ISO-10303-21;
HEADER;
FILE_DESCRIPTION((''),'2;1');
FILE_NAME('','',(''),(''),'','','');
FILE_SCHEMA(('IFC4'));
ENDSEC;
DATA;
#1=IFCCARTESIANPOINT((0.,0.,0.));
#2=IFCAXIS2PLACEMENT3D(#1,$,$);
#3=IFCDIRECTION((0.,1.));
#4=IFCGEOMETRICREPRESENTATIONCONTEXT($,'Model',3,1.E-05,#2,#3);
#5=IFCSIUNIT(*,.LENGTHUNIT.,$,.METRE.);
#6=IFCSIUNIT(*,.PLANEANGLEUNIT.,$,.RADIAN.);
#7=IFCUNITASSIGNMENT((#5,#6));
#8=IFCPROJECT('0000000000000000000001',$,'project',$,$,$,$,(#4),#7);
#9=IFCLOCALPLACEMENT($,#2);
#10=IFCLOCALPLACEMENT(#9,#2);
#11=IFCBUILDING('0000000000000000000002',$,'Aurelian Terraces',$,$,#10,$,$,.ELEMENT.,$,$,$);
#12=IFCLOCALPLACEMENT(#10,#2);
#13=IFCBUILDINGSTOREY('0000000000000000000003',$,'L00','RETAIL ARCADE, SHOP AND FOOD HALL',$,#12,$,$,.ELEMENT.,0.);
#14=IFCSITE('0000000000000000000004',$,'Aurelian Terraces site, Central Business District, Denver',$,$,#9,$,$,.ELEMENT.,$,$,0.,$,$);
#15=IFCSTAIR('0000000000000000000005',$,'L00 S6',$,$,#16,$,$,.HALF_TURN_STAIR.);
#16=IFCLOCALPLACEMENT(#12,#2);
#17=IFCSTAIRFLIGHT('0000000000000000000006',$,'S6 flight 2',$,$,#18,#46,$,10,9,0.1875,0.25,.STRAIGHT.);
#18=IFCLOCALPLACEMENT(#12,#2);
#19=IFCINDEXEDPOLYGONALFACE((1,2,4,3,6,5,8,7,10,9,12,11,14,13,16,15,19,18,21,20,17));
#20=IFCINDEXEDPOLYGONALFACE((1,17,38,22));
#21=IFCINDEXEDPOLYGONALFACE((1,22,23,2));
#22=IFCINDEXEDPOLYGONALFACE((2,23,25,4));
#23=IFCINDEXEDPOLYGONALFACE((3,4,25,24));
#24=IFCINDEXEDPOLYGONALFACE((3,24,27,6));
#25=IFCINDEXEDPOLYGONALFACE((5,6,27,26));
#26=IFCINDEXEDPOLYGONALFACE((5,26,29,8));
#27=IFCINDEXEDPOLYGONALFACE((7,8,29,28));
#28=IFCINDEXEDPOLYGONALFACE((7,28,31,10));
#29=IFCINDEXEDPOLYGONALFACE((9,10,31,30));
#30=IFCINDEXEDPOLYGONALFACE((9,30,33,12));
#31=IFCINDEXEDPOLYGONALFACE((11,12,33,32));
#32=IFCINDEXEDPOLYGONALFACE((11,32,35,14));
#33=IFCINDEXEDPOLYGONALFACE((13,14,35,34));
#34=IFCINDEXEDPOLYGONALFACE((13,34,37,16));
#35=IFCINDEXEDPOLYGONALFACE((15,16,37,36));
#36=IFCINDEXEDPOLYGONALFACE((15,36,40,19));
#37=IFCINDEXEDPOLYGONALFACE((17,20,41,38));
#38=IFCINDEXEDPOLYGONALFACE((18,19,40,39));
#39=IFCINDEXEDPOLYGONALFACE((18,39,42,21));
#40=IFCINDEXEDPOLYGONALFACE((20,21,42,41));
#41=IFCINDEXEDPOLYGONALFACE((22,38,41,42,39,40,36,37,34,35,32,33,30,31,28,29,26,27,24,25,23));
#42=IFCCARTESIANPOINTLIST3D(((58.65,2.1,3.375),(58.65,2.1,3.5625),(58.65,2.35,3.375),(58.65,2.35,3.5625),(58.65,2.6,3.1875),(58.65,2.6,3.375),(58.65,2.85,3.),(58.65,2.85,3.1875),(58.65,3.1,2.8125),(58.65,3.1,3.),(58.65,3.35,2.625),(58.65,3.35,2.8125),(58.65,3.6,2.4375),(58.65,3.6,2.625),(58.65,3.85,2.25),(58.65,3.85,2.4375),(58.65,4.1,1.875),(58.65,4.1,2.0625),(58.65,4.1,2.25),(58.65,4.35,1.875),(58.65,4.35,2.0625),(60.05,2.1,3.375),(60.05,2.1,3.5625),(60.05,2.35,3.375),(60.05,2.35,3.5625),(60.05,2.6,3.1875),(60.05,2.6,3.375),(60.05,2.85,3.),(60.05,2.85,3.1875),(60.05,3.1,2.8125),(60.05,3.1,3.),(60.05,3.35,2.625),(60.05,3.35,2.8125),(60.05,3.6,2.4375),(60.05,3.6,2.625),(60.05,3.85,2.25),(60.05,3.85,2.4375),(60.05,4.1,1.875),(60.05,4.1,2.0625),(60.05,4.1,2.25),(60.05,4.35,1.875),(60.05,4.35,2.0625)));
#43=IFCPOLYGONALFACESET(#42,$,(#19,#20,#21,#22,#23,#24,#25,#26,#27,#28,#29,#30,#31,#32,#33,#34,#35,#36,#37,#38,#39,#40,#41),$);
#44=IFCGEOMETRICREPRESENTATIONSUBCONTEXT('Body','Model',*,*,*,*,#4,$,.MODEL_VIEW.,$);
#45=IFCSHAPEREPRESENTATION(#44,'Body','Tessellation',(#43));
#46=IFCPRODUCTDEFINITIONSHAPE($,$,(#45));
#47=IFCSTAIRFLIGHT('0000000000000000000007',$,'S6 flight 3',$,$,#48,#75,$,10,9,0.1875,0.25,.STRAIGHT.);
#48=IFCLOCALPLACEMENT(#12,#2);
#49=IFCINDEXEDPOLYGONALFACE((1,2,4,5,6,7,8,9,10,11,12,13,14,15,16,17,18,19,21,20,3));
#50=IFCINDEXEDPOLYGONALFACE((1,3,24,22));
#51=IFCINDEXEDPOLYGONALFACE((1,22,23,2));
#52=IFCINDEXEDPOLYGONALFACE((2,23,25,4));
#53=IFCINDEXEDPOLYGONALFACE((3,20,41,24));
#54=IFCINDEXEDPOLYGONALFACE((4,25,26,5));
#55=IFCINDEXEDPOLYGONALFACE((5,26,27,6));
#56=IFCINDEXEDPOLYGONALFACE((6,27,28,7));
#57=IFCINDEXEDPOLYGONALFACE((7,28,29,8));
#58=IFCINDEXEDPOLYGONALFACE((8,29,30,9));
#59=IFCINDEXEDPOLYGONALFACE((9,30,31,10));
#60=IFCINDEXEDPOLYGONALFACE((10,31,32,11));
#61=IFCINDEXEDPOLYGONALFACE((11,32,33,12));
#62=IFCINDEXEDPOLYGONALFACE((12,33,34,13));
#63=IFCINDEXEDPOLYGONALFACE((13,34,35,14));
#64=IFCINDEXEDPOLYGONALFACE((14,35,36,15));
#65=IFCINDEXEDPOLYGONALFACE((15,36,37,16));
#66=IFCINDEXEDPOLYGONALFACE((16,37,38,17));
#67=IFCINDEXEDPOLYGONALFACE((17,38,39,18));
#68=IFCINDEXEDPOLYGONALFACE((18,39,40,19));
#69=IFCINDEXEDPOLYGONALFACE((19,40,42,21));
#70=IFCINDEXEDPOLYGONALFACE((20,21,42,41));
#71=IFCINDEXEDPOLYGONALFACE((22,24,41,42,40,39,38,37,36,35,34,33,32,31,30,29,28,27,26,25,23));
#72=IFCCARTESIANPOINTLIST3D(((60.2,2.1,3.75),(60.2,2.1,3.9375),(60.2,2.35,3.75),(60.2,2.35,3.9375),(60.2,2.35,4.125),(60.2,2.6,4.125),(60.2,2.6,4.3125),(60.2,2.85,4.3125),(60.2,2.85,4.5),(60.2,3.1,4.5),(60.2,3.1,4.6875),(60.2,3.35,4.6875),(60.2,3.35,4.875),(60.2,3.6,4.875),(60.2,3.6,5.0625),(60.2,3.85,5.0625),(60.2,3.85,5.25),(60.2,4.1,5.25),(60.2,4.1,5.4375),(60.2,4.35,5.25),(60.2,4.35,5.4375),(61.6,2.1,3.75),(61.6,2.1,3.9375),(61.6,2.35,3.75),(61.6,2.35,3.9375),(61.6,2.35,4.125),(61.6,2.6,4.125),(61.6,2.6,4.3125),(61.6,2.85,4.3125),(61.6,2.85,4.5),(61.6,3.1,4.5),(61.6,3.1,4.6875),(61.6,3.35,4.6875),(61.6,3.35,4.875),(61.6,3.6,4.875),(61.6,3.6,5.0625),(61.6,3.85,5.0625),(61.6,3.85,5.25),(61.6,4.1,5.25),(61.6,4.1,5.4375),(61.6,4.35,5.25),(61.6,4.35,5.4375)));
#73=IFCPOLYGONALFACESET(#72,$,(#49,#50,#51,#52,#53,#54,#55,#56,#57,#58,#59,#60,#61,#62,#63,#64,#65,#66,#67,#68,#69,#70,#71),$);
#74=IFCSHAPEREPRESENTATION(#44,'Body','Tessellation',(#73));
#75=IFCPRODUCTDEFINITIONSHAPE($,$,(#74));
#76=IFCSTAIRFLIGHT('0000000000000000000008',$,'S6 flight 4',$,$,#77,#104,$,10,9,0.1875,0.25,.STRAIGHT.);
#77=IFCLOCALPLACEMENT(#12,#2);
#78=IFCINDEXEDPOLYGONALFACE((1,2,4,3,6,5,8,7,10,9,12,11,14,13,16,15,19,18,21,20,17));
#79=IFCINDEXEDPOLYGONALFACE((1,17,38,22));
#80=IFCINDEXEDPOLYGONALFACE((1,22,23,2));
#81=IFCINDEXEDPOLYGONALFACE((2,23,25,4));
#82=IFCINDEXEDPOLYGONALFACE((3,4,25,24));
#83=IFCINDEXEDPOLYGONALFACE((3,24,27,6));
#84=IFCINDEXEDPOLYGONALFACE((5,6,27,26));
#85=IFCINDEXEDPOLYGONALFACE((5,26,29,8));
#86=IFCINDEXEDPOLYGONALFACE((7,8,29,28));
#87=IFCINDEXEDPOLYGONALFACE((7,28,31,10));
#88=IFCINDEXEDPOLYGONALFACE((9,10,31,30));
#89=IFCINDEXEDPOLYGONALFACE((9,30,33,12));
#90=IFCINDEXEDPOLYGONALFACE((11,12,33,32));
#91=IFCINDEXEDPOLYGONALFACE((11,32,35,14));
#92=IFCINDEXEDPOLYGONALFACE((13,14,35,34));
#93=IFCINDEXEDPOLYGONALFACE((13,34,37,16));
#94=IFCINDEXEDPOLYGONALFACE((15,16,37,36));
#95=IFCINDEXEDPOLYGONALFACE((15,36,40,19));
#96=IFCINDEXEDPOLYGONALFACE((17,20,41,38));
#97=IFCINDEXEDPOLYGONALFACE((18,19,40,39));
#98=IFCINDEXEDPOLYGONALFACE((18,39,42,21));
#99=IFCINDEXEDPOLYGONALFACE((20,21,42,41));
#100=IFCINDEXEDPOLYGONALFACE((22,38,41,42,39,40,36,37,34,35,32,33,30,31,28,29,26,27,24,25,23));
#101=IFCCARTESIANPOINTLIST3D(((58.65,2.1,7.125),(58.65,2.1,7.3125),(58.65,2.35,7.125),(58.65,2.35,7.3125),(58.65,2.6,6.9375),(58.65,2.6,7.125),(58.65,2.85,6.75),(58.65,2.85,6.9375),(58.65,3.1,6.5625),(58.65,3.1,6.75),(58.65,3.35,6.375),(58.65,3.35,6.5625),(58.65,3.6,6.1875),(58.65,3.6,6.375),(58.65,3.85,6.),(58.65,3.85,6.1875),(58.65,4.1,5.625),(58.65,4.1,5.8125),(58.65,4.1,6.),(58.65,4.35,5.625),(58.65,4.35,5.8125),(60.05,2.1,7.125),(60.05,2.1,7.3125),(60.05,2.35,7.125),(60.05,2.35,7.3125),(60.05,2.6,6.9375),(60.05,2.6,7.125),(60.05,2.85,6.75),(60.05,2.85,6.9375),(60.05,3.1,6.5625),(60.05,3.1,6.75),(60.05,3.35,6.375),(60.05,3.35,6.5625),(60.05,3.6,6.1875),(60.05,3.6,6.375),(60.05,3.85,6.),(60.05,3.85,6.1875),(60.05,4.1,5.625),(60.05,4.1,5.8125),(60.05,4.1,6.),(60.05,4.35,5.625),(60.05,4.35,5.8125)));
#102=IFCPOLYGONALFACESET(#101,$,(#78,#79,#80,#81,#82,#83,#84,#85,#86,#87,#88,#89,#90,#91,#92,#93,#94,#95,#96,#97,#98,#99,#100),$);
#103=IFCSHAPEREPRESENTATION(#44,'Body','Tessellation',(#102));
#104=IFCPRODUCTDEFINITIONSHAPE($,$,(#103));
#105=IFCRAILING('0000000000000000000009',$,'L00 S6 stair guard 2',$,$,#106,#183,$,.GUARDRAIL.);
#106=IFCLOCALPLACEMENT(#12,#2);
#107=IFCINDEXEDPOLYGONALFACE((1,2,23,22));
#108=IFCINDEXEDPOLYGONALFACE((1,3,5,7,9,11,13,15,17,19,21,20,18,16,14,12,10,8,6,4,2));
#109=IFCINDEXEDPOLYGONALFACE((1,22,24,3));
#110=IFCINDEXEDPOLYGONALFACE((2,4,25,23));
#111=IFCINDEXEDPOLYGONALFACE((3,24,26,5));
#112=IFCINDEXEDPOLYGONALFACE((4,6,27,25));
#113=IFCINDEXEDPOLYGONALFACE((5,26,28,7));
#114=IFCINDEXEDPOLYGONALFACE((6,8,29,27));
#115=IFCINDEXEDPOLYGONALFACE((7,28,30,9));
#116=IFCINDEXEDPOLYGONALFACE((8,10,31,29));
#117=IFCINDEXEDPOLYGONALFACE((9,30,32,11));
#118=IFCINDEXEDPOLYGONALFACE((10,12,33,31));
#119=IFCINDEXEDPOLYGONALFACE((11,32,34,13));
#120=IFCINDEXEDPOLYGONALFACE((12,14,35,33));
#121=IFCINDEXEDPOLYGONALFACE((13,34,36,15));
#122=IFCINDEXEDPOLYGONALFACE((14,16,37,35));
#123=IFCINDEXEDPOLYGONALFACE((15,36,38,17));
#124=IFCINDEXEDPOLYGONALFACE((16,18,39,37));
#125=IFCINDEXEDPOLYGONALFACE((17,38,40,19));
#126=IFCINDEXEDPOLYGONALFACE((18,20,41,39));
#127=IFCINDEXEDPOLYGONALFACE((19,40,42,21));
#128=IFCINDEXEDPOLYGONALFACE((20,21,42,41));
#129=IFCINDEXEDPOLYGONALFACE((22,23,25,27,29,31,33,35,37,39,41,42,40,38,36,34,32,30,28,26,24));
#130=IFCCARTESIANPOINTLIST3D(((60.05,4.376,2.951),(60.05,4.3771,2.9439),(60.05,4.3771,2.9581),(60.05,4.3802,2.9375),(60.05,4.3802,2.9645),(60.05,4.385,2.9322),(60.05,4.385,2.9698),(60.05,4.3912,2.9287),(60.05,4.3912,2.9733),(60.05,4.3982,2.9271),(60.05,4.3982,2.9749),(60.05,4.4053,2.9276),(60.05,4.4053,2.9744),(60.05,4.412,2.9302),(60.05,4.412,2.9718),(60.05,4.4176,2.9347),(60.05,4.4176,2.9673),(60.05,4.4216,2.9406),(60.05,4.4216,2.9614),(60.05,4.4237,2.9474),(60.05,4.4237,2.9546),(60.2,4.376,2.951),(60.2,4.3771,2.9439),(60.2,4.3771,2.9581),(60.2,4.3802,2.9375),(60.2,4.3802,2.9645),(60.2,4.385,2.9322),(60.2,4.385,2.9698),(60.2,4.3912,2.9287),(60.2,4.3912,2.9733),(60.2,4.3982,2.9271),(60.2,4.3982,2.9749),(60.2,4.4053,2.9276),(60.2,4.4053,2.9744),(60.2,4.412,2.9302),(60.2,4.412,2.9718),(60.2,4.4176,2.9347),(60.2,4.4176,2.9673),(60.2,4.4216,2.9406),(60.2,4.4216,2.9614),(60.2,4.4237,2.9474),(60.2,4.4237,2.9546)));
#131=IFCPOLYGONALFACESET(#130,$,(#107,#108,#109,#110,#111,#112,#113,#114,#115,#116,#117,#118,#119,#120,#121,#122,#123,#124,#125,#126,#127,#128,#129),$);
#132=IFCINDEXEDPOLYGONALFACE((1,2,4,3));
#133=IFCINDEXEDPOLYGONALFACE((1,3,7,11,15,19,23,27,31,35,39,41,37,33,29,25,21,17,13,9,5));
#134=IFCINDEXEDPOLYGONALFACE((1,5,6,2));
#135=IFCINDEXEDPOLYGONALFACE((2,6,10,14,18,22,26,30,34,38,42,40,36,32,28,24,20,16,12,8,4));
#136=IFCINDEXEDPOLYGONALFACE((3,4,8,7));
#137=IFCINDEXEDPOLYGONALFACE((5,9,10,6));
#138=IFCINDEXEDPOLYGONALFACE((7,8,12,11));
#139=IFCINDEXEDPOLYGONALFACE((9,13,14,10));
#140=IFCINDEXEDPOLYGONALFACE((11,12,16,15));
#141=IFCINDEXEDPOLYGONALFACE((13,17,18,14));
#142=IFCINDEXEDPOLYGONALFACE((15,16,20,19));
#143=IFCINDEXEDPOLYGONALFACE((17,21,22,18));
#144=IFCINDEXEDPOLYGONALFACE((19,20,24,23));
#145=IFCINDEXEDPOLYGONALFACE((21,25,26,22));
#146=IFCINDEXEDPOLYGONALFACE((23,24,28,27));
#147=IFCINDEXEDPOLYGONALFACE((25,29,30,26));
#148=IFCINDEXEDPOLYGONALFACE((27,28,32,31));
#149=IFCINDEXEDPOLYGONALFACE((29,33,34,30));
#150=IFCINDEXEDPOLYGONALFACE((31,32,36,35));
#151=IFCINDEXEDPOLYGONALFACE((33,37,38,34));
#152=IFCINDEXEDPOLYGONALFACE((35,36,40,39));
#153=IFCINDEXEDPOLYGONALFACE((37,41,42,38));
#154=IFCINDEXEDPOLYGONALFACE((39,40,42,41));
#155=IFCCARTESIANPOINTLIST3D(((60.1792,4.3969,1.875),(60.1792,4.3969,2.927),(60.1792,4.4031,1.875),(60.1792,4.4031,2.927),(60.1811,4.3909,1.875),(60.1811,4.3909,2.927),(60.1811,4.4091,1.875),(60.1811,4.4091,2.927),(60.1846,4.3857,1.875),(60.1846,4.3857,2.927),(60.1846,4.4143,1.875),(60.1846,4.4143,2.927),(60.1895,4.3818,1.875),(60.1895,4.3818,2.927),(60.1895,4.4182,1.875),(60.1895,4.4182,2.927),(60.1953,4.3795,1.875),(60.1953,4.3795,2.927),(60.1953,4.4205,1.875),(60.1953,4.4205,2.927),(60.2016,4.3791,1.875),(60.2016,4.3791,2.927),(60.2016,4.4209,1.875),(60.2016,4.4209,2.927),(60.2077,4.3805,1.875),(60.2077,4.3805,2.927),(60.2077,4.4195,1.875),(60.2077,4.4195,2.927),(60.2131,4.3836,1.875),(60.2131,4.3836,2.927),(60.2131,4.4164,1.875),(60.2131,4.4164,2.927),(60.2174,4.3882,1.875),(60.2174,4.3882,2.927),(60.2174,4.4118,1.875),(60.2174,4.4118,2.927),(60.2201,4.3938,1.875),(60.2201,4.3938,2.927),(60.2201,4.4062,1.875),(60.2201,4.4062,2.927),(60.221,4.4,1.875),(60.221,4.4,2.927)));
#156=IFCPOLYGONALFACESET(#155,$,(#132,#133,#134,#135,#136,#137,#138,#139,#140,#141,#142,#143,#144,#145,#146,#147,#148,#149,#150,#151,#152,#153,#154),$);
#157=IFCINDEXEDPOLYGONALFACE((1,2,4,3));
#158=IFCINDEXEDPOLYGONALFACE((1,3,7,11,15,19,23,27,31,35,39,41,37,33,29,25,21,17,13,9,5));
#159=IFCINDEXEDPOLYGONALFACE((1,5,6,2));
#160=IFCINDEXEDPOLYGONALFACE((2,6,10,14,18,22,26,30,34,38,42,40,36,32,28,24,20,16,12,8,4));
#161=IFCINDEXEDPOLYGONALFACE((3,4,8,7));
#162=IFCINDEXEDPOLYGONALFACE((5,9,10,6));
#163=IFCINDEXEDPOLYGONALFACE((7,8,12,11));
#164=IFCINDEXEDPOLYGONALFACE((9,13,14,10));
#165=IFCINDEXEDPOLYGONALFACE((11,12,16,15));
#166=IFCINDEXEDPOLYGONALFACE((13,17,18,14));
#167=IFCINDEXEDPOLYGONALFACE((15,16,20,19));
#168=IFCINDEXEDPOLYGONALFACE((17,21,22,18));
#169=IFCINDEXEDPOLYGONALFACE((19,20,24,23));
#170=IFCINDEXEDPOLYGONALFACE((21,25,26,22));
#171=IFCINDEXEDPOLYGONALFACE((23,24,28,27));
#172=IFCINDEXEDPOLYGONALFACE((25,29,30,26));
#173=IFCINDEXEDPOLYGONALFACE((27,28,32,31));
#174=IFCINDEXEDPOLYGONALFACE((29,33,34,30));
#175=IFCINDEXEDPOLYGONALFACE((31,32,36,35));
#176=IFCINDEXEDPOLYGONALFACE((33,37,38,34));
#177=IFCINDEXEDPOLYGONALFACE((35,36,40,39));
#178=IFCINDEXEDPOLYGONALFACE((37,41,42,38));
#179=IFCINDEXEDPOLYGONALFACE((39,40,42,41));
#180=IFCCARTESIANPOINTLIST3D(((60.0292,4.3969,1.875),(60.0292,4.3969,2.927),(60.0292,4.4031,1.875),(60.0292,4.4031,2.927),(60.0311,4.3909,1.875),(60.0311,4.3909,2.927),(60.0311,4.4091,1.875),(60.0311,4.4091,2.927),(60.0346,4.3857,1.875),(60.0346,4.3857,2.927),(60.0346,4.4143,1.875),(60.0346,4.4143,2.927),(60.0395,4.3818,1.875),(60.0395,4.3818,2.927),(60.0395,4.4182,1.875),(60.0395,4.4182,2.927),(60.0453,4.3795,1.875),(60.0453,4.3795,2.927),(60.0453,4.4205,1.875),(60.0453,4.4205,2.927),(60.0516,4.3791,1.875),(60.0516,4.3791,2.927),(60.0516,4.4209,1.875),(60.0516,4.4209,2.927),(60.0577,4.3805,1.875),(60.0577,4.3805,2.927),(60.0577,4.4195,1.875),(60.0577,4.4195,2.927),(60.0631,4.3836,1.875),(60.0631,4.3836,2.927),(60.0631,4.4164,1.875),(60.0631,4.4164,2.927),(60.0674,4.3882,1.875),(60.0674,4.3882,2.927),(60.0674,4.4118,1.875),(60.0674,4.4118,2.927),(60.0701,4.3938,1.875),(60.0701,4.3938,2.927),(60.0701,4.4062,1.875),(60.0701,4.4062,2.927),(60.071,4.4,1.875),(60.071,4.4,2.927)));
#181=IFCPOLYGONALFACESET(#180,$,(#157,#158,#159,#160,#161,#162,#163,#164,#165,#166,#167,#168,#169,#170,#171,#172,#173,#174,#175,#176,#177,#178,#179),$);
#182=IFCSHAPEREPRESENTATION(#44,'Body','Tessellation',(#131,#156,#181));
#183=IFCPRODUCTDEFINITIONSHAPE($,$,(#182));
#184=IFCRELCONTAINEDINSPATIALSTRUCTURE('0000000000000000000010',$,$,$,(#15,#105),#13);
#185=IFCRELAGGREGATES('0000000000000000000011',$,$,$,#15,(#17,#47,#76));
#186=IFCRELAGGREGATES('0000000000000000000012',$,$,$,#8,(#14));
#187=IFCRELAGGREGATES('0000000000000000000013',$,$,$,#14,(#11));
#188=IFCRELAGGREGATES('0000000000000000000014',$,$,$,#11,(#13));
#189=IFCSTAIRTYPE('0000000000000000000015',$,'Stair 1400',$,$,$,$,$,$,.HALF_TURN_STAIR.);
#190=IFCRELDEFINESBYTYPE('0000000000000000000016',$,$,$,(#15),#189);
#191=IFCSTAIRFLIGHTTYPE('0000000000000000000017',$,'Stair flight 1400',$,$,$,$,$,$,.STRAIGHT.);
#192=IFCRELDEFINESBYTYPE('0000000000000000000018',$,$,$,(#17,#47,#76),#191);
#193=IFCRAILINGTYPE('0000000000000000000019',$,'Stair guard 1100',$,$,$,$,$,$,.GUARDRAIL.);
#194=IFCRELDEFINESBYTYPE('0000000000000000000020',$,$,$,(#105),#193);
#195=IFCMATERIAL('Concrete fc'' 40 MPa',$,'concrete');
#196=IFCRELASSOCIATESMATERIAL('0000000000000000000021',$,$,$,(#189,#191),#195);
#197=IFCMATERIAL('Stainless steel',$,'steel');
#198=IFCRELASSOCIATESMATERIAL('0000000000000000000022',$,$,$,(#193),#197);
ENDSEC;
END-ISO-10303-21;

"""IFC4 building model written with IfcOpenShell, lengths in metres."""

from ifc_helpers import new_model, si_unit, direction, frame, origin, origin_2d, place, context, subcontext, project, spatial, polyline, circle, outline, extrude, source, transform, mapped, material, type_object, element, aggregate, save


model = new_model("IFC4")

# Units and contexts
model_context = context("Model", 3, precision=1e-05, world=origin(), true_north=direction((0.0, 1.0)))
body_context = subcontext(model_context, "Body", "Model", "MODEL_VIEW")
ifc_project = project(units=[si_unit("LENGTHUNIT", "METRE"), si_unit("PLANEANGLEUNIT", "RADIAN")], contexts=[model_context])

# Site, building, storey
site_placement = place(None, origin())
site = spatial("IfcSite", under=ifc_project, at=site_placement, Name="Aurelian Terraces site, Central Business District, Denver", CompositionType="ELEMENT", RefElevation=0.0)
building_placement = place(site_placement, origin())
building = spatial("IfcBuilding", under=site, at=building_placement, Name="Aurelian Terraces", CompositionType="ELEMENT")
storey_placement = place(building_placement, origin())
storey = spatial("IfcBuildingStorey", under=building, at=storey_placement, Name="L00", Description="RETAIL ARCADE, SHOP AND FOOD HALL", CompositionType="ELEMENT", Elevation=0.0)

# Stair, stair flights
ifc_material_1 = material(Name="Concrete fc' 40 MPa", Category="concrete")
stair_type = type_object("IfcStairType", Name="Stair 1400", PredefinedType="HALF_TURN_STAIR", material=ifc_material_1)
stair_placement = place(storey_placement, origin())
stair = element("IfcStair", 1, at=stair_placement, inside=storey, type_object=stair_type, Name="L00 S6", PredefinedType="HALF_TURN_STAIR")
stair_flight_type = type_object("IfcStairFlightType", Name="Stair flight 1400", PredefinedType="STRAIGHT", material=ifc_material_1)
shared_shape_1 = source(origin(), body_context, "Body", "SweptSolid", [
    extrude(outline(polyline([(0.0, 0.0), (0.0, 0.1875), (0.25, 0.1875), (0.25, 0.375), (0.5, 0.375), (0.5, 0.5625), (0.75, 0.5625), (0.75, 0.75), (1.0, 0.75), (1.0, 0.9375), (1.25, 0.9375), (1.25, 1.125), (1.5, 1.125), (1.5, 1.3125), (1.75, 1.3125), (1.75, 1.5), (2.0, 1.5), (2.0, 1.6875), (2.25, 1.6875), (2.25, 1.875), (2.25, 1.5), (0.25, 0.0), (0.0, 0.0)])), frame((0.0, 0.7, 0.0), z_axis=(0.0, -1.0, 0.0), x_axis=(1.0, 0.0, 0.0)), (0.0, 0.0, 1.0), 1.4),
])
stair_flight_1_placement = place(storey_placement, frame((59.35, 4.35, 1.875), z_axis=(0.0, 0.0, 1.0), x_axis=(0.0, -1.0, 0.0)))
stair_flight_1 = element("IfcStairFlight", 2, at=stair_flight_1_placement, type_object=stair_flight_type, Name="S6 flight 2", NumberOfRisers=10, NumberOfTreads=9, PredefinedType="STRAIGHT", RiserHeight=0.1875, TreadLength=0.25, context=body_context, shape_type="MappedRepresentation", body=[
    mapped(shared_shape_1, transform((0.0, 0.0, 0.0), scale=1.0)),
])
stair_flight_2_placement = place(storey_placement, frame((60.9, 2.1, 3.75), z_axis=(0.0, 0.0, 1.0), x_axis=(0.0, 1.0, 0.0)))
stair_flight_2 = element("IfcStairFlight", 3, at=stair_flight_2_placement, type_object=stair_flight_type, Name="S6 flight 3", NumberOfRisers=10, NumberOfTreads=9, PredefinedType="STRAIGHT", RiserHeight=0.1875, TreadLength=0.25, context=body_context, shape_type="MappedRepresentation", body=[
    mapped(shared_shape_1, transform((0.0, 0.0, 0.0), scale=1.0)),
])
stair_flight_3_placement = place(storey_placement, frame((59.35, 4.35, 5.625), z_axis=(0.0, 0.0, 1.0), x_axis=(0.0, -1.0, 0.0)))
stair_flight_3 = element("IfcStairFlight", 4, at=stair_flight_3_placement, type_object=stair_flight_type, Name="S6 flight 4", NumberOfRisers=10, NumberOfTreads=9, PredefinedType="STRAIGHT", RiserHeight=0.1875, TreadLength=0.25, context=body_context, shape_type="MappedRepresentation", body=[
    mapped(shared_shape_1, transform((0.0, 0.0, 0.0), scale=1.0)),
])
aggregate(stair, [stair_flight_1, stair_flight_2, stair_flight_3])

# Railing
ifc_material_2 = material(Name="Stainless steel", Category="steel")
railing_type_1 = type_object("IfcRailingType", Name="Stair guard 1100", PredefinedType="GUARDRAIL", material=ifc_material_2)
shared_shape_2 = source(origin(), body_context, "Body", "SweptSolid", [
    extrude(circle(Radius=0.024, at=origin_2d()), frame((0.0, 0.0, 1.076), z_axis=(-1.0, 0.0, 0.0), x_axis=(0.0, -1.0, 0.0)), (0.0, 0.0, 1.0), 0.15),
    extrude(circle(Radius=0.021, at=origin_2d()), origin(), (0.0, 0.0, 1.0), 1.052),
    extrude(circle(Radius=0.021, at=origin_2d()), frame((-0.15, 0.0, 0.0)), (0.0, 0.0, 1.0), 1.052),
])
for number, where, name in (
    (5, (60.2, 4.4, 1.875), "L00 S6 stair guard 2"),
):
    element("IfcRailing", number, at=place(storey_placement, frame(where)), inside=storey, type_object=railing_type_1, Name=name, PredefinedType="GUARDRAIL", context=body_context, shape_type="MappedRepresentation", body=[
        mapped(shared_shape_2, transform((0.0, 0.0, 0.0), scale=1.0)),
    ])

save(model, "model.ifc")
